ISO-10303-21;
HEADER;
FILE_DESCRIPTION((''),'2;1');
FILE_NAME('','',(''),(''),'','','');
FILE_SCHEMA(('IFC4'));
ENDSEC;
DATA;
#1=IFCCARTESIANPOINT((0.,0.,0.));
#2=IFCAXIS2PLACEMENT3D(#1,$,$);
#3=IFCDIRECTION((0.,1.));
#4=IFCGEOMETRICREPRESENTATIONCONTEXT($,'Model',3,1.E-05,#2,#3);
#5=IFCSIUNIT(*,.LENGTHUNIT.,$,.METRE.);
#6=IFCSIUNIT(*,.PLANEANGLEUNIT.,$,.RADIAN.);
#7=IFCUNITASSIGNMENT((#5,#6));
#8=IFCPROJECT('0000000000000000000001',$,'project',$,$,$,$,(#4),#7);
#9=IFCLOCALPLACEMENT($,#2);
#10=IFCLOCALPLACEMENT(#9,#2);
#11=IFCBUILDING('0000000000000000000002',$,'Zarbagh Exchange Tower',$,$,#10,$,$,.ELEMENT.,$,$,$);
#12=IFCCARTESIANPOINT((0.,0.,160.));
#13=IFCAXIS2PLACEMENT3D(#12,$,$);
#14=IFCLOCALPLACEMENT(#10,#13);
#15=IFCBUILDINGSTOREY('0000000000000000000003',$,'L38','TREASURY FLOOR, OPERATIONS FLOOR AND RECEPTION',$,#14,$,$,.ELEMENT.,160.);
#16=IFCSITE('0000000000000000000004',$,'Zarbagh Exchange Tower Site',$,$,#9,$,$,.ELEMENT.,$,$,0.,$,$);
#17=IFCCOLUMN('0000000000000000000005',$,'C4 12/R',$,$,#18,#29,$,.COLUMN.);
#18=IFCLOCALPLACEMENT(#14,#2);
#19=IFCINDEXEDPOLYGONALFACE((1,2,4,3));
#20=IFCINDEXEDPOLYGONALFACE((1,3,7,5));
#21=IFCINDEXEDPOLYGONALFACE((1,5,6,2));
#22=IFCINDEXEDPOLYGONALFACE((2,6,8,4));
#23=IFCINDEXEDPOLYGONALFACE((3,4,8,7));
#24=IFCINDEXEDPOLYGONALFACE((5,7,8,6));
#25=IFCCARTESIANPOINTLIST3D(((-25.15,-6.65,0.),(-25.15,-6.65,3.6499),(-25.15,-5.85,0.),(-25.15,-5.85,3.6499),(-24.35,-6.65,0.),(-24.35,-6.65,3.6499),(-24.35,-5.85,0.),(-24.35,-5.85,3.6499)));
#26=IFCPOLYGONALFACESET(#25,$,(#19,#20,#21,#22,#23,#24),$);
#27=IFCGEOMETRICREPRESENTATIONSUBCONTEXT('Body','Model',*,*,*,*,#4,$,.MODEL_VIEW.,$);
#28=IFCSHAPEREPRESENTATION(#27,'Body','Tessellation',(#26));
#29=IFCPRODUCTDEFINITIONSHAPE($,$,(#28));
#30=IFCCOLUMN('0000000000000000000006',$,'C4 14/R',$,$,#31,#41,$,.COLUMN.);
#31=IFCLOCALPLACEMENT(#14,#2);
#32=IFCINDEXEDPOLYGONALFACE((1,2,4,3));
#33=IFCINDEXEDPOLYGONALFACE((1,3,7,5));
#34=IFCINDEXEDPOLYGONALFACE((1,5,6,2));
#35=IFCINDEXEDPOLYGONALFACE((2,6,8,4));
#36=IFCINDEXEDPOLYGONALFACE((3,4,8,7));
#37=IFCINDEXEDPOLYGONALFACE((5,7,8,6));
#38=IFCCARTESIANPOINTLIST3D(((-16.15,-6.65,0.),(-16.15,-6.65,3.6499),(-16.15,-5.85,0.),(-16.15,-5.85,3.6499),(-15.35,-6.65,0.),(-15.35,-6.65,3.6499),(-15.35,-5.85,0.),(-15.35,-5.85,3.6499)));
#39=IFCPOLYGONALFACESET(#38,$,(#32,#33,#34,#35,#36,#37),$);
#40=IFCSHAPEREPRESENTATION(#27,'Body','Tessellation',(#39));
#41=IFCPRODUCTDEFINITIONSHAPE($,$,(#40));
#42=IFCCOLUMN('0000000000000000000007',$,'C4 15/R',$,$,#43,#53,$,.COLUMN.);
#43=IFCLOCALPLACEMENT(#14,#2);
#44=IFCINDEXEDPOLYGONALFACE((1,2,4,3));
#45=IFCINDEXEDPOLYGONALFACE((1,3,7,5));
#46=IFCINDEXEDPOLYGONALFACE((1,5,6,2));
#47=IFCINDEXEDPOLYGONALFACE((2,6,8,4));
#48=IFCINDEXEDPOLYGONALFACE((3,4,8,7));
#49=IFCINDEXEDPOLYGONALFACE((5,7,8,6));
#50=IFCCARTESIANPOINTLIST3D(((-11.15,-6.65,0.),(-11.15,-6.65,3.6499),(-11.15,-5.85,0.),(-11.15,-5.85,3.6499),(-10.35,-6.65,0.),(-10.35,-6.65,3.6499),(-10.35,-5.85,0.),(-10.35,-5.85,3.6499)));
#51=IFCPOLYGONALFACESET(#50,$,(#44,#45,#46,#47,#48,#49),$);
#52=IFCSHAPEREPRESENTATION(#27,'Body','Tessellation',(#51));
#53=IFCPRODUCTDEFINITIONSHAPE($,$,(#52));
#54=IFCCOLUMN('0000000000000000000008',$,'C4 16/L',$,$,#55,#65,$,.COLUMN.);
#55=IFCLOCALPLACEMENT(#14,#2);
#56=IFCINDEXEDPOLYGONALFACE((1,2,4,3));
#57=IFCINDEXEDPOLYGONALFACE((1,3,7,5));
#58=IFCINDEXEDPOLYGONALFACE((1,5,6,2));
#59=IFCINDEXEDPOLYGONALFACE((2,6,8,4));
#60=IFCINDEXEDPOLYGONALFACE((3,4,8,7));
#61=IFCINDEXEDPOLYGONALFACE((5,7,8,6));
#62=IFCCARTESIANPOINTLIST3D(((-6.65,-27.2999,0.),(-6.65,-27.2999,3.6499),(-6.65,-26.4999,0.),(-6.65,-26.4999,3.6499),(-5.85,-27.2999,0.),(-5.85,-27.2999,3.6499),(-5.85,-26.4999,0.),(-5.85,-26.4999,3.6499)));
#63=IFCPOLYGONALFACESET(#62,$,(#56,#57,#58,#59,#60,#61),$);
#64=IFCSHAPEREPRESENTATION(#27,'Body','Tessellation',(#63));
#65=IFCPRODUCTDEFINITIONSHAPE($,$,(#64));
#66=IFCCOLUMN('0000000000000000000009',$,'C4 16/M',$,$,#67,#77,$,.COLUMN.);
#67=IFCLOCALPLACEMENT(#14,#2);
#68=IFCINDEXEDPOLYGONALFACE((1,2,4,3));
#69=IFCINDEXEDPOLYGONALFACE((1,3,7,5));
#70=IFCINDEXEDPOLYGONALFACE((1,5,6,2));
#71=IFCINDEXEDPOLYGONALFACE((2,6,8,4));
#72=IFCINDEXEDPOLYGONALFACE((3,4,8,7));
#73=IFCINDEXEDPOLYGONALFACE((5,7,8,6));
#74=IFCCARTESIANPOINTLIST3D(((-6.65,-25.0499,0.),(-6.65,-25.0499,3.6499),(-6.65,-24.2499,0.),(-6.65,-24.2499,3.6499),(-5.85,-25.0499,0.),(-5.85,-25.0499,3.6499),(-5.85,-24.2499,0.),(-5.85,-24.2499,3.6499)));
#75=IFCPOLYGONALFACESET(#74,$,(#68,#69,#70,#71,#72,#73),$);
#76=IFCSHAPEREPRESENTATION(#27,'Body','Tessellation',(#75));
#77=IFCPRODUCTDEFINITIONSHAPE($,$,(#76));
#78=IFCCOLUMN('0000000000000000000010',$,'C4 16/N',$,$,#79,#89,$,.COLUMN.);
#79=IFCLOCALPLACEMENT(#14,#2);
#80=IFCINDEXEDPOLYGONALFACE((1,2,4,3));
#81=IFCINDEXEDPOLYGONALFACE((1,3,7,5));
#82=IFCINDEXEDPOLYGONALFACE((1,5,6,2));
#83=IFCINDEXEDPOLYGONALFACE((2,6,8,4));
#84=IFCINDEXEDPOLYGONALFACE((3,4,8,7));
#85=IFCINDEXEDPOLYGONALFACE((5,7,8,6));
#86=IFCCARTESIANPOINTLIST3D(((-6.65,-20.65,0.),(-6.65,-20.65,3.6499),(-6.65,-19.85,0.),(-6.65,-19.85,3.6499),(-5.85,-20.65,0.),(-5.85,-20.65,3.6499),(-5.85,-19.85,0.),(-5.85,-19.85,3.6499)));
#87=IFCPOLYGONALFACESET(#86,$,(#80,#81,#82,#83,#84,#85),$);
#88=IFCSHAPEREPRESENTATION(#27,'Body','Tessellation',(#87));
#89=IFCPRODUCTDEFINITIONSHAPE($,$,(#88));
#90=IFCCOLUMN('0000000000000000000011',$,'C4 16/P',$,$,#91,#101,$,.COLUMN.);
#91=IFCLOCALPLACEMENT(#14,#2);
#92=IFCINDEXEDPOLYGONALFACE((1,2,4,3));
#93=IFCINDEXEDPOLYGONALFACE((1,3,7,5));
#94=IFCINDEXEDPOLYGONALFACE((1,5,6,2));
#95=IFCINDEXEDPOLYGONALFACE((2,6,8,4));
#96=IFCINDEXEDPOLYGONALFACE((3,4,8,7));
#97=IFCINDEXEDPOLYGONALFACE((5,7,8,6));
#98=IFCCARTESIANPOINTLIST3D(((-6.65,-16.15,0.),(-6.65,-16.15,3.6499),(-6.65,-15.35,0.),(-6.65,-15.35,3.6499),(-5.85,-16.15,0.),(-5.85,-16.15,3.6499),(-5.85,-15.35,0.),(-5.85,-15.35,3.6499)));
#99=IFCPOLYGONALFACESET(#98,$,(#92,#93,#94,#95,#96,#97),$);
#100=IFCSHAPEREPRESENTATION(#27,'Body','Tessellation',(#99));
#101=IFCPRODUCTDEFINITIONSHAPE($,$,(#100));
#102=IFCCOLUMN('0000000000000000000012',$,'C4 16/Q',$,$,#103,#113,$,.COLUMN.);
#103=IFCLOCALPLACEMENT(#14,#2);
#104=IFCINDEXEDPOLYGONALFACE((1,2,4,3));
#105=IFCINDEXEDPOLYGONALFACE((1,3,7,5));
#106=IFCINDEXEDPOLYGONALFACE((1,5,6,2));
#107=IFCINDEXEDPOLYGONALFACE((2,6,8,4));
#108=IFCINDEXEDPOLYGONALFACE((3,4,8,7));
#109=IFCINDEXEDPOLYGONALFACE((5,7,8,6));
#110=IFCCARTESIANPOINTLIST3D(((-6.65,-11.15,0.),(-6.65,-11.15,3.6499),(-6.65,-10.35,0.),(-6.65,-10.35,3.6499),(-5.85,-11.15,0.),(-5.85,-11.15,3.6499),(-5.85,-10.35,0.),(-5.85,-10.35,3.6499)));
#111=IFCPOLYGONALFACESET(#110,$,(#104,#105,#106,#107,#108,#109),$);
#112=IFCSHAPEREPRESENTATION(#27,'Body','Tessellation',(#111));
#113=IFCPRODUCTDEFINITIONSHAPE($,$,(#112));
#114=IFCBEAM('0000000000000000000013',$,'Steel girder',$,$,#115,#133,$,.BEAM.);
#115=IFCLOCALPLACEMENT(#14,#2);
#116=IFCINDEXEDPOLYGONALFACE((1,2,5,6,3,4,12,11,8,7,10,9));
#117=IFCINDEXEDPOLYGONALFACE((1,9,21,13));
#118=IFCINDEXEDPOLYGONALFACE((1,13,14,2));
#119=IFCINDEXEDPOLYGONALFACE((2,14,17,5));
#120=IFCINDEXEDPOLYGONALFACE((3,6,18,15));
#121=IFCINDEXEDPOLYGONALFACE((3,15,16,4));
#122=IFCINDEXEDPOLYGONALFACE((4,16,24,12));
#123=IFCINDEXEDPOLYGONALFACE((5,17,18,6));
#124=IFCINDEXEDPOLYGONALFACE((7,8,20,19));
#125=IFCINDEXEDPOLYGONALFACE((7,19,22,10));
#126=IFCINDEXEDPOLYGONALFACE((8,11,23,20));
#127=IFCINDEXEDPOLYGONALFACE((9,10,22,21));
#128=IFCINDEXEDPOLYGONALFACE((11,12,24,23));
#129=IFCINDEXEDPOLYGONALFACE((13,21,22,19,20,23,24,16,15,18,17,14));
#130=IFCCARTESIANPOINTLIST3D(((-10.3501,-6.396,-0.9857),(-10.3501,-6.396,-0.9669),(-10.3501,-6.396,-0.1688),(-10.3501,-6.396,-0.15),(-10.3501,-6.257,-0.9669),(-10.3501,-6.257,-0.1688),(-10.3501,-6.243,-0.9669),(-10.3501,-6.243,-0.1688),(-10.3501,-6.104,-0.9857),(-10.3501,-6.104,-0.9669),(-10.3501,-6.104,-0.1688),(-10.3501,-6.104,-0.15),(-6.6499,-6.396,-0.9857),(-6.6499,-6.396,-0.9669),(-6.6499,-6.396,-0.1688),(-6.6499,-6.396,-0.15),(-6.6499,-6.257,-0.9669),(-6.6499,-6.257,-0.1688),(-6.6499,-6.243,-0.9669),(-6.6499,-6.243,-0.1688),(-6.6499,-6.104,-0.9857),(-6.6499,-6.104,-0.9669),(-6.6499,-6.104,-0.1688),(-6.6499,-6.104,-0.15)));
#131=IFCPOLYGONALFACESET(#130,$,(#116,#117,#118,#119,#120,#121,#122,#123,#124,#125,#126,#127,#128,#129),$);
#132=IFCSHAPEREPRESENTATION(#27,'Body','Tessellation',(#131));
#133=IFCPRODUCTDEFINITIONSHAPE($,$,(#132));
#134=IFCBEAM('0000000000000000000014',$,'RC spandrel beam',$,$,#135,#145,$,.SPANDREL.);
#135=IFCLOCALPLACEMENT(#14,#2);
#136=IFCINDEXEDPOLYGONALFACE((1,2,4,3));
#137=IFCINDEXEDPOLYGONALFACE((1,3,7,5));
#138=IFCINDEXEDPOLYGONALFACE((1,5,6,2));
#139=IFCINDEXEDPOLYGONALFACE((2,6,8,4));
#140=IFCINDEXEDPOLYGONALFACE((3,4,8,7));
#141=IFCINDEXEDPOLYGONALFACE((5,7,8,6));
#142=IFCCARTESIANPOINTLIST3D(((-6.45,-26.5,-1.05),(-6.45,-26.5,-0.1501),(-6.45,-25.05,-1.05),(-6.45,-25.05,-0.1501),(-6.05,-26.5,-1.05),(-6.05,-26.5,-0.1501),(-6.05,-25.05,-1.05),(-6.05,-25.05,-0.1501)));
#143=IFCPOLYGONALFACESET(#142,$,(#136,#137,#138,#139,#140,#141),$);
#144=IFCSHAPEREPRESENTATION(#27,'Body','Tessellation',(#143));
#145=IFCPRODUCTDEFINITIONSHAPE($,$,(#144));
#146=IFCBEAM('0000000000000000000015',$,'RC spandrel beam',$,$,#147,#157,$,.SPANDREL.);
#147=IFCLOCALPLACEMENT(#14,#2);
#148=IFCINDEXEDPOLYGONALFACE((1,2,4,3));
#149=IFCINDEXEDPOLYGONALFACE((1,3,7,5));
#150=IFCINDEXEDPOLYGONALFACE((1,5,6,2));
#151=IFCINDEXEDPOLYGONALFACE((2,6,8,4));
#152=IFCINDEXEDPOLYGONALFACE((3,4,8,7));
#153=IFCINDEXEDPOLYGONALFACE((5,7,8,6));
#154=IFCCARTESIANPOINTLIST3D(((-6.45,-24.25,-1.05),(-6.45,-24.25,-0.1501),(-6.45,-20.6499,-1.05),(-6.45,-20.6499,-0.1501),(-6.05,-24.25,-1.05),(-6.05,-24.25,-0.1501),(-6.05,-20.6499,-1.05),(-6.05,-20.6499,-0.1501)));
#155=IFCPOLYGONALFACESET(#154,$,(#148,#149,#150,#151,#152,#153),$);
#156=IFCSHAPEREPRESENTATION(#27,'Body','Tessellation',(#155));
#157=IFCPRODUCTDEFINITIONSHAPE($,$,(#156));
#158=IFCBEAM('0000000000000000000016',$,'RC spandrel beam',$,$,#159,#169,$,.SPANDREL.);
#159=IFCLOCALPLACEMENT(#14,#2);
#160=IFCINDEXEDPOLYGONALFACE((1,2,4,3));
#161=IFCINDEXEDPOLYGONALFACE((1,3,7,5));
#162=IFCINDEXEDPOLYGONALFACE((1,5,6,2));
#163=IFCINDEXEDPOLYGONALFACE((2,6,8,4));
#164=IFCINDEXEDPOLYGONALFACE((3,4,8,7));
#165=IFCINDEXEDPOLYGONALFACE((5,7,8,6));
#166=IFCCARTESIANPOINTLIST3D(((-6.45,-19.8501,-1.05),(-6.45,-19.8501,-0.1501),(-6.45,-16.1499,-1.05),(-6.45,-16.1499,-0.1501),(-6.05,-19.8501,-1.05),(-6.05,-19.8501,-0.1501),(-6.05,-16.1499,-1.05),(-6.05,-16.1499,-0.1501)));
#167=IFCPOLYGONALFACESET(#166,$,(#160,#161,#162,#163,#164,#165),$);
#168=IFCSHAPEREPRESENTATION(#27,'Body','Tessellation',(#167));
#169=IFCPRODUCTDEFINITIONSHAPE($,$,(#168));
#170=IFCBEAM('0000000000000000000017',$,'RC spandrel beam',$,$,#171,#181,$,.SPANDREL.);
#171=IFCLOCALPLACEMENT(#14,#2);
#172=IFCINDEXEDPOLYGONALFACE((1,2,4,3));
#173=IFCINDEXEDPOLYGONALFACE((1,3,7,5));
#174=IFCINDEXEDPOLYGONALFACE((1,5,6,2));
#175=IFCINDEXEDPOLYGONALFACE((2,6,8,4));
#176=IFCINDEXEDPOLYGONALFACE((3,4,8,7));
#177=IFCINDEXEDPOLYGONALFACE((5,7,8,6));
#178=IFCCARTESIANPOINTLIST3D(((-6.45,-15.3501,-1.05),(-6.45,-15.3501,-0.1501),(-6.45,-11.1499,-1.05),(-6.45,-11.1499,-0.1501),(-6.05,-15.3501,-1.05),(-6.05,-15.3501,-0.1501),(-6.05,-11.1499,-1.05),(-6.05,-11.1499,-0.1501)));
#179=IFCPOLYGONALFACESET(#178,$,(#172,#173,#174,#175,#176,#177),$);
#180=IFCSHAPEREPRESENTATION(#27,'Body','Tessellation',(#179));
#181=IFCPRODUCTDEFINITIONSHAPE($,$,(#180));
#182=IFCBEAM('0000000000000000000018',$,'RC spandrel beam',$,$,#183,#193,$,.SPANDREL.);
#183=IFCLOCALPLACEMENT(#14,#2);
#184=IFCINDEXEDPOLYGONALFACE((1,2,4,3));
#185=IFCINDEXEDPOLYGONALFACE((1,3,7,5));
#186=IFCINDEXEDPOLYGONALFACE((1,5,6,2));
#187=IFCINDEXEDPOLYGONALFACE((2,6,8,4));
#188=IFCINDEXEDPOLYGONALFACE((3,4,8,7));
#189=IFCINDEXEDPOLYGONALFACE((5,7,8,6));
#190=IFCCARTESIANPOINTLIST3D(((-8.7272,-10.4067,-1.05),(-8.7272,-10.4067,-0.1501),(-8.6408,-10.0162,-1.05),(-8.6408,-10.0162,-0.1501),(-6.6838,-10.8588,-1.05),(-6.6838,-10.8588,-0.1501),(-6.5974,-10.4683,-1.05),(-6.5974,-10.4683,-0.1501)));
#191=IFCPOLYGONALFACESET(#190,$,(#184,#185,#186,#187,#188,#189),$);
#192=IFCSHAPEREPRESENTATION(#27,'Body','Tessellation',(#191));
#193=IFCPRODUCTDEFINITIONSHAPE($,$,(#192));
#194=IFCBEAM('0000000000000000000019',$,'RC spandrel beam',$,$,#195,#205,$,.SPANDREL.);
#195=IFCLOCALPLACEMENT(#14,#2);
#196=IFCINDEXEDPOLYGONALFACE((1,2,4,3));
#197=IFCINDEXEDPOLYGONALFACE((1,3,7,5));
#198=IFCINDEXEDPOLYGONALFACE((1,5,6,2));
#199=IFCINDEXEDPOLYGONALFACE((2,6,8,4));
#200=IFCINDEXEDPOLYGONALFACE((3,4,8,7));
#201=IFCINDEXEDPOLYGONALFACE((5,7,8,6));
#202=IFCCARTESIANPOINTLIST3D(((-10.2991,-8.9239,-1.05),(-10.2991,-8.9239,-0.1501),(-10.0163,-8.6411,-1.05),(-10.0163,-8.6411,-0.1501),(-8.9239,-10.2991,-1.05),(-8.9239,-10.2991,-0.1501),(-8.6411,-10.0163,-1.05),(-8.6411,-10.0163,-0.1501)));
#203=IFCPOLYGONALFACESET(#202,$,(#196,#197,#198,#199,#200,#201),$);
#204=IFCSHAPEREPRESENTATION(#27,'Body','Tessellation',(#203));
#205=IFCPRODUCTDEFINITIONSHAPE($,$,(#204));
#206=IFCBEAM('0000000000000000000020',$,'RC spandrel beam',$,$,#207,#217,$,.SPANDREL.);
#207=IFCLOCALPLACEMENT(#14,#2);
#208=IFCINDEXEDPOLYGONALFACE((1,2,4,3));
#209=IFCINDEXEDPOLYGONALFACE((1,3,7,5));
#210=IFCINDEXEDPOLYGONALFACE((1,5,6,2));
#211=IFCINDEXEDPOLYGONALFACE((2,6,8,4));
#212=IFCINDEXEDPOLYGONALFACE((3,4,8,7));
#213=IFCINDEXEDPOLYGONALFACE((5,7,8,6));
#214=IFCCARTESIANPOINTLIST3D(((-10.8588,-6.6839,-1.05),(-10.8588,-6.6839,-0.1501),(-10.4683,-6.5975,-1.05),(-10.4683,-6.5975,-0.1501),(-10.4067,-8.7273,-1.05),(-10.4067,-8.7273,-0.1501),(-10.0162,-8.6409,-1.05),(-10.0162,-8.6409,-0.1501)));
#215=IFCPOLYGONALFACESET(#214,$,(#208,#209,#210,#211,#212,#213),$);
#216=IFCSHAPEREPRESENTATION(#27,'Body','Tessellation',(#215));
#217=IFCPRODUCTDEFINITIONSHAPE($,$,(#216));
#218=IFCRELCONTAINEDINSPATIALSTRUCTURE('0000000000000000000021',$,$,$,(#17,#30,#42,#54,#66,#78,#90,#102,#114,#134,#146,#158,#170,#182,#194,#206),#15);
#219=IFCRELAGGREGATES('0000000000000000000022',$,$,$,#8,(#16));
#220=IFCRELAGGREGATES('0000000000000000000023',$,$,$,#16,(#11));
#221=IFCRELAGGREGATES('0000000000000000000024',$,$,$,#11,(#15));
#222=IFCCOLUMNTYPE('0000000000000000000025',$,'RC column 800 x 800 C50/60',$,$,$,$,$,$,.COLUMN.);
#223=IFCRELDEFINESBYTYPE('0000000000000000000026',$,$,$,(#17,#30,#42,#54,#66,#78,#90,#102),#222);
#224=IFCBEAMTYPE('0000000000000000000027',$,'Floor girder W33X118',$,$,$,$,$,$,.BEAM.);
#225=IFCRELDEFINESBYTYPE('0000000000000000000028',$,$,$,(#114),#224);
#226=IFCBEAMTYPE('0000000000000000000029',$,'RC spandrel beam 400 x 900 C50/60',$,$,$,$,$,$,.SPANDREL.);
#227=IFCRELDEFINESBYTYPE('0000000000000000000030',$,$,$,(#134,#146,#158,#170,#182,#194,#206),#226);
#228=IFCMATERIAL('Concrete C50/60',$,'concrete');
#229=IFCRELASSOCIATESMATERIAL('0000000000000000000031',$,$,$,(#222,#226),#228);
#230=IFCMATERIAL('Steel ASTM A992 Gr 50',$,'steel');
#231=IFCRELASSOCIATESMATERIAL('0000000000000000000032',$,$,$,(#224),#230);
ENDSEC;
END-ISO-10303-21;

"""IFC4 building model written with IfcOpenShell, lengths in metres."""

from ifc_helpers import new_model, si_unit, direction, frame, origin, origin_2d, place, context, subcontext, project, spatial, rectangle, i_section, extrude, material, material_profile, profile_set, type_object, element, save


model = new_model("IFC4")

# Units and contexts
model_context = context("Model", 3, precision=1e-05, world=origin(), true_north=direction((0.0, 1.0)))
body_context = subcontext(model_context, "Body", "Model", "MODEL_VIEW")
ifc_project = project(units=[si_unit("LENGTHUNIT", "METRE"), si_unit("PLANEANGLEUNIT", "RADIAN")], contexts=[model_context])

# Site, building, storey
site_placement = place(None, origin())
site = spatial("IfcSite", under=ifc_project, at=site_placement, Name="Zarbagh Exchange Tower Site", CompositionType="ELEMENT", RefElevation=0.0)
building_placement = place(site_placement, origin())
building = spatial("IfcBuilding", under=site, at=building_placement, Name="Zarbagh Exchange Tower", CompositionType="ELEMENT")
storey_placement = place(building_placement, frame((0.0, 0.0, 160.0)))
storey = spatial("IfcBuildingStorey", under=building, at=storey_placement, Name="L38", Description="TREASURY FLOOR, OPERATIONS FLOOR AND RECEPTION", CompositionType="ELEMENT", Elevation=160.0)

# Columns
ifc_material_1 = material(Name="Concrete C50/60", Category="concrete")
ifc_material_profile_1 = material_profile(ifc_material_1, rectangle(XDim=0.8, YDim=0.8, at=origin_2d()), Name="RC column 800 x 800 C50/60")
ifc_profile_set_1 = profile_set([ifc_material_profile_1], Name="Concrete C50/60")
column_type = type_object("IfcColumnType", Name="RC column 800 x 800 C50/60", PredefinedType="COLUMN", material=ifc_profile_set_1)
for number, where, z_axis, x_axis, name in (
    (1, (-24.75, -6.25, 0.0), (0.0, 0.0, 1.0), (1.0, 0.0, 0.0), "C4 12/R"),
    (2, (-15.75, -6.25, 0.0), (0.0, 0.0, 1.0), (1.0, 0.0, 0.0), "C4 14/R"),
    (3, (-10.75, -6.25, 0.0), (0.0, 0.0, 1.0), (1.0, 0.0, 0.0), "C4 15/R"),
    (4, (-6.25, -26.8999, 0.0), (0.0, 0.0, 1.0), (1.0, 0.0, 0.0), "C4 16/L"),
    (5, (-6.25, -24.6499, 0.0), (0.0, 0.0, 1.0), (1.0, 0.0, 0.0), "C4 16/M"),
    (6, (-6.25, -20.25, 0.0), (0.0, 0.0, 1.0), (1.0, 0.0, 0.0), "C4 16/N"),
    (7, (-6.25, -15.75, 0.0), (0.0, 0.0, 1.0), (1.0, 0.0, 0.0), "C4 16/P"),
    (8, (-6.25, -10.75, 0.0), (0.0, 0.0, 1.0), (1.0, 0.0, 0.0), "C4 16/Q"),
):
    element("IfcColumn", number, at=place(storey_placement, frame(where, z_axis=z_axis, x_axis=x_axis)), inside=storey, type_object=column_type, Name=name, PredefinedType="COLUMN", context=body_context, shape_type="SweptSolid", body=[
        extrude(rectangle(XDim=0.8, YDim=0.8, at=origin_2d()), origin(), (0.0, 0.0, 1.0), 3.6499),
    ])

# Beams
ifc_material_2 = material(Name="Steel ASTM A992 Gr 50", Category="steel")
ifc_material_profile_2 = material_profile(ifc_material_2, i_section(OverallWidth=0.292, OverallDepth=0.8357, WebThickness=0.0139, FlangeThickness=0.0188, at=origin_2d()), Name="W33X118")
ifc_profile_set_2 = profile_set([ifc_material_profile_2], Name="Steel ASTM A992 Gr 50")
beam_type_1 = type_object("IfcBeamType", Name="Floor girder W33X118", PredefinedType="BEAM", material=ifc_profile_set_2)
beam_1_placement = place(storey_placement, frame((-10.3501, -6.25, -0.5679), z_axis=(1.0, 0.0, 0.0), x_axis=(0.0, 1.0, 0.0)))
element("IfcBeam", 9, at=beam_1_placement, inside=storey, type_object=beam_type_1, Name="Steel girder", PredefinedType="BEAM", context=body_context, shape_type="SweptSolid", body=[
    extrude(i_section(OverallWidth=0.292, OverallDepth=0.8357, WebThickness=0.0139, FlangeThickness=0.0188, at=origin_2d()), origin(), (0.0, 0.0, 1.0), 3.7002),
])
ifc_material_profile_3 = material_profile(ifc_material_1, rectangle(XDim=0.3999, YDim=0.8999, at=origin_2d()), Name="RC spandrel beam 400 x 900 C50/60")
ifc_profile_set_3 = profile_set([ifc_material_profile_3], Name="Concrete C50/60")
beam_type_2 = type_object("IfcBeamType", Name="RC spandrel beam 400 x 900 C50/60", PredefinedType="SPANDREL", material=ifc_profile_set_3)
beam_2_placement = place(storey_placement, frame((-6.25, -26.5, -0.6001), z_axis=(0.0, 1.0, 0.0), x_axis=(-1.0, 0.0, 0.0)))
element("IfcBeam", 10, at=beam_2_placement, inside=storey, type_object=beam_type_2, Name="RC spandrel beam", PredefinedType="SPANDREL", context=body_context, shape_type="SweptSolid", body=[
    extrude(rectangle(XDim=0.3999, YDim=0.8999, at=origin_2d()), origin(), (0.0, 0.0, 1.0), 1.45),
])
beam_3_placement = place(storey_placement, frame((-6.25, -24.25, -0.6001), z_axis=(0.0, 1.0, 0.0), x_axis=(-1.0, 0.0, 0.0)))
element("IfcBeam", 11, at=beam_3_placement, inside=storey, type_object=beam_type_2, Name="RC spandrel beam", PredefinedType="SPANDREL", context=body_context, shape_type="SweptSolid", body=[
    extrude(rectangle(XDim=0.3999, YDim=0.8999, at=origin_2d()), origin(), (0.0, 0.0, 1.0), 3.6001),
])
beam_4_placement = place(storey_placement, frame((-6.25, -19.8501, -0.6001), z_axis=(0.0, 1.0, 0.0), x_axis=(-1.0, 0.0, 0.0)))
element("IfcBeam", 12, at=beam_4_placement, inside=storey, type_object=beam_type_2, Name="RC spandrel beam", PredefinedType="SPANDREL", context=body_context, shape_type="SweptSolid", body=[
    extrude(rectangle(XDim=0.3999, YDim=0.8999, at=origin_2d()), origin(), (0.0, 0.0, 1.0), 3.7002),
])
beam_5_placement = place(storey_placement, frame((-6.25, -15.3501, -0.6001), z_axis=(0.0, 1.0, 0.0), x_axis=(-1.0, 0.0, 0.0)))
element("IfcBeam", 13, at=beam_5_placement, inside=storey, type_object=beam_type_2, Name="RC spandrel beam", PredefinedType="SPANDREL", context=body_context, shape_type="SweptSolid", body=[
    extrude(rectangle(XDim=0.3999, YDim=0.8999, at=origin_2d()), origin(), (0.0, 0.0, 1.0), 4.2002),
])
beam_6_placement = place(storey_placement, frame((-6.6406, -10.6636, -0.6001), z_axis=(-0.976384, 0.216041, 0.0), x_axis=(-0.216041, -0.976384, 0.0)))
element("IfcBeam", 14, at=beam_6_placement, inside=storey, type_object=beam_type_2, Name="RC spandrel beam", PredefinedType="SPANDREL", context=body_context, shape_type="SweptSolid", body=[
    extrude(rectangle(XDim=0.3999, YDim=0.8999, at=origin_2d()), origin(), (0.0, 0.0, 1.0), 2.0928),
])
beam_7_placement = place(storey_placement, frame((-8.7825, -10.1577, -0.6001), z_axis=(-0.707107, 0.707107, 0.0), x_axis=(-0.707107, -0.707107, 0.0)))
element("IfcBeam", 15, at=beam_7_placement, inside=storey, type_object=beam_type_2, Name="RC spandrel beam", PredefinedType="SPANDREL", context=body_context, shape_type="SweptSolid", body=[
    extrude(rectangle(XDim=0.3999, YDim=0.8999, at=origin_2d()), origin(), (0.0, 0.0, 1.0), 1.9448),
])
beam_8_placement = place(storey_placement, frame((-10.2114, -8.6841, -0.6001), z_axis=(-0.216041, 0.976384, 0.0), x_axis=(-0.976384, -0.216041, 0.0)))
element("IfcBeam", 16, at=beam_8_placement, inside=storey, type_object=beam_type_2, Name="RC spandrel beam", PredefinedType="SPANDREL", context=body_context, shape_type="SweptSolid", body=[
    extrude(rectangle(XDim=0.3999, YDim=0.8999, at=origin_2d()), origin(), (0.0, 0.0, 1.0), 2.0928),
])

save(model, "model.ifc")
